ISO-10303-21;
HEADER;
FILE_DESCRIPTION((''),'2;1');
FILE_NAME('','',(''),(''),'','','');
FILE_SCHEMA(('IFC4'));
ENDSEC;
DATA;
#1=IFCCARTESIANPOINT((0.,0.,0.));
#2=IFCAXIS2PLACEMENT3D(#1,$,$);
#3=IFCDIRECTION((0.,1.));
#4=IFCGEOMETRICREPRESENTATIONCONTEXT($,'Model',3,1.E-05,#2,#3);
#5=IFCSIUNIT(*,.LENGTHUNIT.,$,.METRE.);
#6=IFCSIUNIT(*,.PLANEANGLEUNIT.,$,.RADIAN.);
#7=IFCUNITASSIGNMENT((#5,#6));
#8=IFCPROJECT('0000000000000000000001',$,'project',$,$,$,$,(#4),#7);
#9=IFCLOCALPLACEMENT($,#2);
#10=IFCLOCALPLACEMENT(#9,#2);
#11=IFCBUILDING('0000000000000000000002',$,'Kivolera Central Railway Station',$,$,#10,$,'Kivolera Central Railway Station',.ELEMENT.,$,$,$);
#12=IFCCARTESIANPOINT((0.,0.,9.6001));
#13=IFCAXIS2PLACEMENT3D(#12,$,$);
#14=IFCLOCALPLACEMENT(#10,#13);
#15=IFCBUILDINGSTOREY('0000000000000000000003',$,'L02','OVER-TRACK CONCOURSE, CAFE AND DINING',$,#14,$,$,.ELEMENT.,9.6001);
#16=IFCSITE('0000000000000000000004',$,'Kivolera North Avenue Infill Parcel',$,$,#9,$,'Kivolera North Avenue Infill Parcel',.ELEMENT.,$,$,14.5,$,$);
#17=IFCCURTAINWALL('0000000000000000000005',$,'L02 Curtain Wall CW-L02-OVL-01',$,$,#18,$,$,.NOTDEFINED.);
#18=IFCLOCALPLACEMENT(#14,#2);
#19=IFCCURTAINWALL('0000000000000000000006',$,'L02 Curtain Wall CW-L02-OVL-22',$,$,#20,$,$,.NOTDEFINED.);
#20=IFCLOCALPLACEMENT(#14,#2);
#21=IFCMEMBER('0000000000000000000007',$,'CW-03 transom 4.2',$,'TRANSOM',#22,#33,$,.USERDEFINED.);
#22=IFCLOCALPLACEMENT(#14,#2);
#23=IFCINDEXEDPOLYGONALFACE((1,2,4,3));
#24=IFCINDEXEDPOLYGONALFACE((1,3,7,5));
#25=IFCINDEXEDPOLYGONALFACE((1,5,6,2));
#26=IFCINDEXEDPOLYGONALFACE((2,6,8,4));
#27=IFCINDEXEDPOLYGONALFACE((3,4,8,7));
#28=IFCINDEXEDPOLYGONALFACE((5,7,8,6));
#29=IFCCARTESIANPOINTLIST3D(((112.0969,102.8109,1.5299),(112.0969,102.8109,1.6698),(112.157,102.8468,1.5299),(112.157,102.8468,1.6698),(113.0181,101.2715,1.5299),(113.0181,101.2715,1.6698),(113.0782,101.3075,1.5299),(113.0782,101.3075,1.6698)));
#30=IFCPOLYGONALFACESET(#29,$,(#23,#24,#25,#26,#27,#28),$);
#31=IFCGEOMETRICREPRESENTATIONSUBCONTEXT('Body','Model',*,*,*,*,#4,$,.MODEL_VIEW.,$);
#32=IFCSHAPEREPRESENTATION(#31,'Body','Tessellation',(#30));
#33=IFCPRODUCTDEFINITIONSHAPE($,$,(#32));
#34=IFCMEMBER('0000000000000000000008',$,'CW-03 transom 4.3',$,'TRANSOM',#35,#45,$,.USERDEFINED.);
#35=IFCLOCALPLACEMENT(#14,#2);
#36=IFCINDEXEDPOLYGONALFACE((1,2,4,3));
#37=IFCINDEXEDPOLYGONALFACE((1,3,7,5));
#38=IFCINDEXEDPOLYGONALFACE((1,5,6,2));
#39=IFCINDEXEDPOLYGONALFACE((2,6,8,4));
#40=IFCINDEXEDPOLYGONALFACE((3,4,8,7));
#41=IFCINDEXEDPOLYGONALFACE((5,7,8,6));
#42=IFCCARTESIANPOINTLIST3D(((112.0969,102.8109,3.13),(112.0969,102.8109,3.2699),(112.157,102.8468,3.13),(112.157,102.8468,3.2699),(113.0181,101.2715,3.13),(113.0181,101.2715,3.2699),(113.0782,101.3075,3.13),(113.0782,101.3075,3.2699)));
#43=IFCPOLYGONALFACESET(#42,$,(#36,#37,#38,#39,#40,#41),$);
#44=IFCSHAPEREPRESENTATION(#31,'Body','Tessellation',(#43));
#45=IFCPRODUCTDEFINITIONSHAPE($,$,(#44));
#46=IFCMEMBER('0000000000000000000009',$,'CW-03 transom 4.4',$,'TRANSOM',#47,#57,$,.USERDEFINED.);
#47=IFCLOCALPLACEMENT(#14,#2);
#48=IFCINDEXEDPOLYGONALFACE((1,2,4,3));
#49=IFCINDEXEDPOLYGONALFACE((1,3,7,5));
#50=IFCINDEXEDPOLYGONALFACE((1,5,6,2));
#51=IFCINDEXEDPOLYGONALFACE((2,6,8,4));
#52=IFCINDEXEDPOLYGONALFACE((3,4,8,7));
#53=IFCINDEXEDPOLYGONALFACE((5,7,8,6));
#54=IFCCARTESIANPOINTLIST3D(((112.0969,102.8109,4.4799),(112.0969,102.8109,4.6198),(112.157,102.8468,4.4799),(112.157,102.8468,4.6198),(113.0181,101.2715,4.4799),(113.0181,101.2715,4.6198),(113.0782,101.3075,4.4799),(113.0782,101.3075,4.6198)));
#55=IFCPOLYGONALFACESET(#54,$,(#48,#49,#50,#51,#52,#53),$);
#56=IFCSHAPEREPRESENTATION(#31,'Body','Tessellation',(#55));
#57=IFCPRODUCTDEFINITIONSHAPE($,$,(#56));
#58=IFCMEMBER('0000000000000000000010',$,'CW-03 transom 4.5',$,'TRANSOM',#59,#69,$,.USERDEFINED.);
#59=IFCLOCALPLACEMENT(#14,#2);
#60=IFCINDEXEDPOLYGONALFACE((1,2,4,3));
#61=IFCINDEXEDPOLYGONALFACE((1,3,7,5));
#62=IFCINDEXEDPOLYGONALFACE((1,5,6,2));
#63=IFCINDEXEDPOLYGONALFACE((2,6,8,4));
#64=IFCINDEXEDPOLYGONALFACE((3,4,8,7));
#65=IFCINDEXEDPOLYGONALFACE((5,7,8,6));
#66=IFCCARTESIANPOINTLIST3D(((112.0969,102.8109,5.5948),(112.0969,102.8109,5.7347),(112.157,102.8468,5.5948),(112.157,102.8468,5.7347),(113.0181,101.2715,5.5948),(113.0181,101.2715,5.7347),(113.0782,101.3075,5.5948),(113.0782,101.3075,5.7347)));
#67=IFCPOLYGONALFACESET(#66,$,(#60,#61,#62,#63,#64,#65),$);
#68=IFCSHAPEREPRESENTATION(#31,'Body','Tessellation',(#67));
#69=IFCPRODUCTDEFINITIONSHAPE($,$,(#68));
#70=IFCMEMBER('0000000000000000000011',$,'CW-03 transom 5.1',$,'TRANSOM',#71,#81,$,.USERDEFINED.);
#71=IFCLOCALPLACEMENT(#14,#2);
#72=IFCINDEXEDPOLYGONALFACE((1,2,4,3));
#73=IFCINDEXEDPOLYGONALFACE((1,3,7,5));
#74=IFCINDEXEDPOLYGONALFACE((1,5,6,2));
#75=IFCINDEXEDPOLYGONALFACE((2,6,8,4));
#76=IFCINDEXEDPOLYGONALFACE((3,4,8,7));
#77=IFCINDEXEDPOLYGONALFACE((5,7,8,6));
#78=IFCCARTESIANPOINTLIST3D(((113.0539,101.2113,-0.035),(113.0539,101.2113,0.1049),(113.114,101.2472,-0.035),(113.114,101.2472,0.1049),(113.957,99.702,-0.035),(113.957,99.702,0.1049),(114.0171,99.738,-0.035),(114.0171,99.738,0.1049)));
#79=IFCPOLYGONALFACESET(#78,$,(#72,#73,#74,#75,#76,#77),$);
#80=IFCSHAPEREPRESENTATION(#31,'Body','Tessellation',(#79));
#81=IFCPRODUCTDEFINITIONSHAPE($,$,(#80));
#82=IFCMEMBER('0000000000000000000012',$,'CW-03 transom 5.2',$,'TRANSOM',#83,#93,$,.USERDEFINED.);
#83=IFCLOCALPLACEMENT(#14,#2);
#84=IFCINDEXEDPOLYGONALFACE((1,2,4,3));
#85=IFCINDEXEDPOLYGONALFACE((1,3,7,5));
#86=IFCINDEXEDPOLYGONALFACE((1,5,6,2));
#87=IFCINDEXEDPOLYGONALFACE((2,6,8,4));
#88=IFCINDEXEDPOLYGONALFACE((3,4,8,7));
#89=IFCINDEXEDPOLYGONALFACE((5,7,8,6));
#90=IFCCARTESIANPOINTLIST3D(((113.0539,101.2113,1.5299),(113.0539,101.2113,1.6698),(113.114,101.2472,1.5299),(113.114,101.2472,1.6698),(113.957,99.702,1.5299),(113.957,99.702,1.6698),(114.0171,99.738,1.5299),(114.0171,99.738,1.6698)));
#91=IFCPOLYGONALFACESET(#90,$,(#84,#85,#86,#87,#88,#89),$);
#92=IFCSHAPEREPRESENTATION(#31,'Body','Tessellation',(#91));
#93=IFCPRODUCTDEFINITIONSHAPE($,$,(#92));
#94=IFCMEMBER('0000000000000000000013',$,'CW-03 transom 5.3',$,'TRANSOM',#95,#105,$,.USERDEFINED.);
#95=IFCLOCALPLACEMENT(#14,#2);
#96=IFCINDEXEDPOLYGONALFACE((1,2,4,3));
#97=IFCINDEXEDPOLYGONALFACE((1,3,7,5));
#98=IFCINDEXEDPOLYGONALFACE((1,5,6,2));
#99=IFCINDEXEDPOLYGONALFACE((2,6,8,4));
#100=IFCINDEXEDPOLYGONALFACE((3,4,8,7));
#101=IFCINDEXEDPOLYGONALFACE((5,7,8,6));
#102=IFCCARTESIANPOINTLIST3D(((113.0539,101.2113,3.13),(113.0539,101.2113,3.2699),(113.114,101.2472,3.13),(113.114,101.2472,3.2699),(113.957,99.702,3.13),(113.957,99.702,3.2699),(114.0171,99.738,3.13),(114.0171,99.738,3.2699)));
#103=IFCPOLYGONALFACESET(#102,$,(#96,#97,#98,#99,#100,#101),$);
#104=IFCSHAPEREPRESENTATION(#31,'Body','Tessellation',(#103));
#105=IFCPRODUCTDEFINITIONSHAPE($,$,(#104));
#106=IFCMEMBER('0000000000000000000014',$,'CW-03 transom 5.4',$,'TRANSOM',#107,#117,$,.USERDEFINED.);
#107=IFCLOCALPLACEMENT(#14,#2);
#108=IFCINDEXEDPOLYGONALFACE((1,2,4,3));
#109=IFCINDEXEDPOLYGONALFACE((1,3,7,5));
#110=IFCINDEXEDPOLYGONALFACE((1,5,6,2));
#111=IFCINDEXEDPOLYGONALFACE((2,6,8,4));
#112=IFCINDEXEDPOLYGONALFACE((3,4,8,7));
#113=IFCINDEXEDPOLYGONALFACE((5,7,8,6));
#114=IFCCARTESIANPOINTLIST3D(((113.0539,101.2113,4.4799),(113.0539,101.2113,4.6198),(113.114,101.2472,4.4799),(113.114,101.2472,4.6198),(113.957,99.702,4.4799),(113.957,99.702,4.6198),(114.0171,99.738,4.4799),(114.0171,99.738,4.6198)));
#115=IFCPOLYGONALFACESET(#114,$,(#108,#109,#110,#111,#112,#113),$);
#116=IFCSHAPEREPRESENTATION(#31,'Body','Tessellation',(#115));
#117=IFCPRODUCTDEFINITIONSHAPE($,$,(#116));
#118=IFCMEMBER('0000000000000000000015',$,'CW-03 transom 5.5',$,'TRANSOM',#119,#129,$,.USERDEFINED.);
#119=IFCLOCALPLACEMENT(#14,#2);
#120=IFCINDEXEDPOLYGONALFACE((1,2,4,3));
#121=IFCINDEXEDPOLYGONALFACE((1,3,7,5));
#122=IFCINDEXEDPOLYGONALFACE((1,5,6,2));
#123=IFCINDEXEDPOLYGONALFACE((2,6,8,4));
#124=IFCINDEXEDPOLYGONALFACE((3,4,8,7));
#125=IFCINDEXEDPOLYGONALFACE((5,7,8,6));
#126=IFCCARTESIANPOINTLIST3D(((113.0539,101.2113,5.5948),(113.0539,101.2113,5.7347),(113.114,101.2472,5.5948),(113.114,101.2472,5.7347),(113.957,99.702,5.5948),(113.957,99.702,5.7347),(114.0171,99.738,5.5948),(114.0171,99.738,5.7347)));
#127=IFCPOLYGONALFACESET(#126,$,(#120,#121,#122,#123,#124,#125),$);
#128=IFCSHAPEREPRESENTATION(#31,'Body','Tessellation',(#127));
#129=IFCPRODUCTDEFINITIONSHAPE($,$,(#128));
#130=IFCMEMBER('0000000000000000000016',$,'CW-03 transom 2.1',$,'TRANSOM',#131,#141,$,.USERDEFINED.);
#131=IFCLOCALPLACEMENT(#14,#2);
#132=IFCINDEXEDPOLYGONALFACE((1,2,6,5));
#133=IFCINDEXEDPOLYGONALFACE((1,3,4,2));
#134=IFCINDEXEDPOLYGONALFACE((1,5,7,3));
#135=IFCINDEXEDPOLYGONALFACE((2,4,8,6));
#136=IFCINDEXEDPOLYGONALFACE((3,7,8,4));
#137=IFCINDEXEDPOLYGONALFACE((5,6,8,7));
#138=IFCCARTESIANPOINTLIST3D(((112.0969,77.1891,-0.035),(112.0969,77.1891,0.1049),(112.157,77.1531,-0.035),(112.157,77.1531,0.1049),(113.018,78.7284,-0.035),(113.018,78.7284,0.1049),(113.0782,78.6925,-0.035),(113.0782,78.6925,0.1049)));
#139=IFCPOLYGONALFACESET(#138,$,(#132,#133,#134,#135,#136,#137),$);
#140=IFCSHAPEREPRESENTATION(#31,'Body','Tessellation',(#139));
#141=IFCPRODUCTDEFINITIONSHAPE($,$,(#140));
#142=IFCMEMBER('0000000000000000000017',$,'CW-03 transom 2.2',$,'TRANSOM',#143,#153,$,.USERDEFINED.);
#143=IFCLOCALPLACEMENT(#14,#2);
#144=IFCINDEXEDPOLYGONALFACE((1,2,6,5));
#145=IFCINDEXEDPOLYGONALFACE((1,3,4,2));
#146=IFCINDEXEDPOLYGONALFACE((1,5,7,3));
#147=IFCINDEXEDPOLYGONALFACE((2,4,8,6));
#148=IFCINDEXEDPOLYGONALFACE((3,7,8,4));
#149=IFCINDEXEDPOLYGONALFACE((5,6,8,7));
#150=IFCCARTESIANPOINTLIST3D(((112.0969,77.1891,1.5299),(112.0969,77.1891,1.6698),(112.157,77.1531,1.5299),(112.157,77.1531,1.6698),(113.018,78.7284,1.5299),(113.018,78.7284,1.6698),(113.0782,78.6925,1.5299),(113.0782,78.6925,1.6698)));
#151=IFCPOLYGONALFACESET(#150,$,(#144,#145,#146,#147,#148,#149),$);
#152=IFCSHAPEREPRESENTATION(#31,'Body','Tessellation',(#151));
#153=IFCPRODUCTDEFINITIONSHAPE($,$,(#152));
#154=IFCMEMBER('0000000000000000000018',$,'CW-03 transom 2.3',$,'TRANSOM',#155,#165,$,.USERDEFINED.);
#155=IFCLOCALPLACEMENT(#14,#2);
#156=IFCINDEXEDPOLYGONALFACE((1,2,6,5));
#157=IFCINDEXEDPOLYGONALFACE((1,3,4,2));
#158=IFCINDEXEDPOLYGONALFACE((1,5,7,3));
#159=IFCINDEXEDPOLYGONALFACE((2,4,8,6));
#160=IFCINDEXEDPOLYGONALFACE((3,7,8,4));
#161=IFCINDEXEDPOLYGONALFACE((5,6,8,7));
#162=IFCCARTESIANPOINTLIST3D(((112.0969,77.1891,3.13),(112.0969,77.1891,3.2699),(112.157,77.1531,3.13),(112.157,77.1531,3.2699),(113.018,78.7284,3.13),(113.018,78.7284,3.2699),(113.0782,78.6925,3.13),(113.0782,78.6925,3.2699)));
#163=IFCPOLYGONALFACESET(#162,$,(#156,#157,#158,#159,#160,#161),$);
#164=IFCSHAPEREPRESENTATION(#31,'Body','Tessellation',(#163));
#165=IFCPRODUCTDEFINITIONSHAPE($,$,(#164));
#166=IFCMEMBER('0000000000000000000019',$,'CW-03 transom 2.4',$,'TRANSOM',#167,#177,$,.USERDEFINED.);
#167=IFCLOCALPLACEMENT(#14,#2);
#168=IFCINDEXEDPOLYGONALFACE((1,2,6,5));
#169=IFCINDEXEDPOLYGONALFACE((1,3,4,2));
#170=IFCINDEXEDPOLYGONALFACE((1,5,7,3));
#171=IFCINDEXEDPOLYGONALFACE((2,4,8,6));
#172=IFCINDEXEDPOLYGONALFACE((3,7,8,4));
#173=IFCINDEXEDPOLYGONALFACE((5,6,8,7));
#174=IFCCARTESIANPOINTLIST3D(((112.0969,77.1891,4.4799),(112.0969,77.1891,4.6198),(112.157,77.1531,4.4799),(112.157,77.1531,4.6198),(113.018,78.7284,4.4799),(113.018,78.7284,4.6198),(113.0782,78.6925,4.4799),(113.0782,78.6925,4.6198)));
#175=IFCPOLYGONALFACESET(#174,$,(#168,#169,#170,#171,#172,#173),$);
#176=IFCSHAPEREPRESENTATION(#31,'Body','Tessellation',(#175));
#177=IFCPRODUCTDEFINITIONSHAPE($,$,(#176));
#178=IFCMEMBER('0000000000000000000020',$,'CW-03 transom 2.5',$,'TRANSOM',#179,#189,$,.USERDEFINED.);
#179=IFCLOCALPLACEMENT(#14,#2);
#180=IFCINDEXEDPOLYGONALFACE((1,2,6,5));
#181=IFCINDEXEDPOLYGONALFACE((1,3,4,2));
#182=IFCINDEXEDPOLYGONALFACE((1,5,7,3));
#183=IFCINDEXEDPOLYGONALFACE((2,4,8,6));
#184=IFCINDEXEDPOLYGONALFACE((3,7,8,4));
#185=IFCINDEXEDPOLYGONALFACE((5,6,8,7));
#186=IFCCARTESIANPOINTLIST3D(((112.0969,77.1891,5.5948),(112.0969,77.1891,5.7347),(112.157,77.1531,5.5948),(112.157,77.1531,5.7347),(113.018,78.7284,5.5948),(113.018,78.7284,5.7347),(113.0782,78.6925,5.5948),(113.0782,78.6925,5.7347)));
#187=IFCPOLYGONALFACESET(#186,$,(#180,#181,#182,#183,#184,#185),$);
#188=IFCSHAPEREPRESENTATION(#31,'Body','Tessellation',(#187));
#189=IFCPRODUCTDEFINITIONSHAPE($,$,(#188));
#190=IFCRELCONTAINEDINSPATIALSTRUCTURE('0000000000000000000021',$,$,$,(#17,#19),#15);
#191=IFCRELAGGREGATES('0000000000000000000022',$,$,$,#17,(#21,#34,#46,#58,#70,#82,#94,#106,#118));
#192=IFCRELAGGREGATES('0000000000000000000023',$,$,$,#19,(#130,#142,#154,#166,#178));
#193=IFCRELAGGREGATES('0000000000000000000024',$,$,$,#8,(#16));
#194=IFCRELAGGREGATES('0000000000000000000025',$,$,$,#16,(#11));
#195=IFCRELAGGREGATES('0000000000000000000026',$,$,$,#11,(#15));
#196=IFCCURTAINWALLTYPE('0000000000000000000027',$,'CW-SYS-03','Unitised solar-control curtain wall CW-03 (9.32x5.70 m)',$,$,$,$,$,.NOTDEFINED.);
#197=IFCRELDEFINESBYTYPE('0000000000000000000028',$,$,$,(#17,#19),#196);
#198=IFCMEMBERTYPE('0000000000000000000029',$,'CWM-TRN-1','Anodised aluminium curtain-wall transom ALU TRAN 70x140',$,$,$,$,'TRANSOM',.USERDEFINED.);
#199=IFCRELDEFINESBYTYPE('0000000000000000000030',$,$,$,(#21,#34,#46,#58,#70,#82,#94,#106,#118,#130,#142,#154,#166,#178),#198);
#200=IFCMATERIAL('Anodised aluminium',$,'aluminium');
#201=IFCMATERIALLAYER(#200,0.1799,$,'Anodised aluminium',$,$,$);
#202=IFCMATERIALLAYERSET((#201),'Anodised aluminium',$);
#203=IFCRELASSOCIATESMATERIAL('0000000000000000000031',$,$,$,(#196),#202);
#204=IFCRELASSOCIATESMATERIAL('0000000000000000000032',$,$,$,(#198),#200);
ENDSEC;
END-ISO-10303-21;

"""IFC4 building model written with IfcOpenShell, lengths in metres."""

from ifc_helpers import new_model, si_unit, direction, frame, origin, origin_2d, place, context, subcontext, project, spatial, rectangle, extrude, material, layer, layer_set, material_profile, profile_set, type_object, element, aggregate, save


model = new_model("IFC4")

# Units and contexts
model_context = context("Model", 3, precision=1e-05, world=origin(), true_north=direction((0.0, 1.0)))
body_context = subcontext(model_context, "Body", "Model", "MODEL_VIEW")
ifc_project = project(units=[si_unit("LENGTHUNIT", "METRE"), si_unit("PLANEANGLEUNIT", "RADIAN")], contexts=[model_context])

# Site, building, storey
site_placement = place(None, origin())
site = spatial("IfcSite", under=ifc_project, at=site_placement, Name="Kivolera North Avenue Infill Parcel", LongName="Kivolera North Avenue Infill Parcel", CompositionType="ELEMENT", RefElevation=14.5)
building_placement = place(site_placement, origin())
building = spatial("IfcBuilding", under=site, at=building_placement, Name="Kivolera Central Railway Station", LongName="Kivolera Central Railway Station", CompositionType="ELEMENT")
storey_placement = place(building_placement, frame((0.0, 0.0, 9.6001)))
storey = spatial("IfcBuildingStorey", under=building, at=storey_placement, Name="L02", Description="OVER-TRACK CONCOURSE, CAFE AND DINING", CompositionType="ELEMENT", Elevation=9.6001)

# Curtain wall
ifc_material_1 = material(Name="Anodised aluminium", Category="aluminium")
ifc_layer_1 = layer(ifc_material_1, 0.1799, Name="Anodised aluminium")
ifc_layer_set_1 = layer_set([ifc_layer_1], Name="Anodised aluminium")
curtain_wall_type = type_object("IfcCurtainWallType", Name="CW-SYS-03", Description="Unitised solar-control curtain wall CW-03 (9.32x5.70 m)", PredefinedType="NOTDEFINED", material=ifc_layer_set_1)
curtain_wall_1_placement = place(storey_placement, origin())
curtain_wall_1 = element("IfcCurtainWall", 1, at=curtain_wall_1_placement, inside=storey, type_object=curtain_wall_type, Name="L02 Curtain Wall CW-L02-OVL-01", PredefinedType="NOTDEFINED")

# Curtain wall
curtain_wall_2_placement = place(storey_placement, origin())
curtain_wall_2 = element("IfcCurtainWall", 2, at=curtain_wall_2_placement, inside=storey, type_object=curtain_wall_type, Name="L02 Curtain Wall CW-L02-OVL-22", PredefinedType="NOTDEFINED")

# Members
ifc_material_profile_1 = material_profile(ifc_material_1, rectangle(XDim=0.0701, YDim=0.1399, at=origin_2d()), Name="ALU TRAN 70x140")
ifc_profile_set_1 = profile_set([ifc_material_profile_1], Name="Anodised aluminium")
member_type_1 = type_object("IfcMemberType", Name="CWM-TRN-1", Description="Anodised aluminium curtain-wall transom ALU TRAN 70x140", ElementType="TRANSOM", PredefinedType="USERDEFINED", material=ifc_profile_set_1)
member_1_placement = place(storey_placement, frame((112.127, 102.8289, 1.5999), z_axis=(0.513495, -0.858093, 0.0), x_axis=(0.858093, 0.513495, 0.0)))
member_1 = element("IfcMember", 3, at=member_1_placement, type_object=member_type_1, Name="CW-03 transom 4.2", ObjectType="TRANSOM", PredefinedType="USERDEFINED", context=body_context, shape_type="SweptSolid", body=[
    extrude(rectangle(XDim=0.0701, YDim=0.1399, at=origin_2d()), origin(), (0.0, 0.0, 1.0), 1.7939),
])
member_2_placement = place(storey_placement, frame((112.127, 102.8289, 3.2), z_axis=(0.513495, -0.858093, 0.0), x_axis=(0.858093, 0.513495, 0.0)))
member_2 = element("IfcMember", 4, at=member_2_placement, type_object=member_type_1, Name="CW-03 transom 4.3", ObjectType="TRANSOM", PredefinedType="USERDEFINED", context=body_context, shape_type="SweptSolid", body=[
    extrude(rectangle(XDim=0.0701, YDim=0.1399, at=origin_2d()), origin(), (0.0, 0.0, 1.0), 1.7939),
])
member_3_placement = place(storey_placement, frame((112.127, 102.8289, 4.5498), z_axis=(0.513495, -0.858093, 0.0), x_axis=(0.858093, 0.513495, 0.0)))
member_3 = element("IfcMember", 5, at=member_3_placement, type_object=member_type_1, Name="CW-03 transom 4.4", ObjectType="TRANSOM", PredefinedType="USERDEFINED", context=body_context, shape_type="SweptSolid", body=[
    extrude(rectangle(XDim=0.0701, YDim=0.1399, at=origin_2d()), origin(), (0.0, 0.0, 1.0), 1.7939),
])
member_4_placement = place(storey_placement, frame((112.127, 102.8289, 5.6648), z_axis=(0.513495, -0.858093, 0.0), x_axis=(0.858093, 0.513495, 0.0)))
member_4 = element("IfcMember", 6, at=member_4_placement, type_object=member_type_1, Name="CW-03 transom 4.5", ObjectType="TRANSOM", PredefinedType="USERDEFINED", context=body_context, shape_type="SweptSolid", body=[
    extrude(rectangle(XDim=0.0701, YDim=0.1399, at=origin_2d()), origin(), (0.0, 0.0, 1.0), 1.7939),
])
member_5_placement = place(storey_placement, frame((113.084, 101.2292, 0.0349), z_axis=(0.513454, -0.858117, 0.0), x_axis=(0.858117, 0.513454, 0.0)))
member_5 = element("IfcMember", 7, at=member_5_placement, type_object=member_type_1, Name="CW-03 transom 5.1", ObjectType="TRANSOM", PredefinedType="USERDEFINED", context=body_context, shape_type="SweptSolid", body=[
    extrude(rectangle(XDim=0.0701, YDim=0.1399, at=origin_2d()), origin(), (0.0, 0.0, 1.0), 1.7588),
])
member_6_placement = place(storey_placement, frame((113.084, 101.2292, 1.5999), z_axis=(0.513454, -0.858117, 0.0), x_axis=(0.858117, 0.513454, 0.0)))
member_6 = element("IfcMember", 8, at=member_6_placement, type_object=member_type_1, Name="CW-03 transom 5.2", ObjectType="TRANSOM", PredefinedType="USERDEFINED", context=body_context, shape_type="SweptSolid", body=[
    extrude(rectangle(XDim=0.0701, YDim=0.1399, at=origin_2d()), origin(), (0.0, 0.0, 1.0), 1.7588),
])
member_7_placement = place(storey_placement, frame((113.084, 101.2292, 3.2), z_axis=(0.513454, -0.858117, 0.0), x_axis=(0.858117, 0.513454, 0.0)))
member_7 = element("IfcMember", 9, at=member_7_placement, type_object=member_type_1, Name="CW-03 transom 5.3", ObjectType="TRANSOM", PredefinedType="USERDEFINED", context=body_context, shape_type="SweptSolid", body=[
    extrude(rectangle(XDim=0.0701, YDim=0.1399, at=origin_2d()), origin(), (0.0, 0.0, 1.0), 1.7588),
])
member_8_placement = place(storey_placement, frame((113.084, 101.2292, 4.5498), z_axis=(0.513454, -0.858117, 0.0), x_axis=(0.858117, 0.513454, 0.0)))
member_8 = element("IfcMember", 10, at=member_8_placement, type_object=member_type_1, Name="CW-03 transom 5.4", ObjectType="TRANSOM", PredefinedType="USERDEFINED", context=body_context, shape_type="SweptSolid", body=[
    extrude(rectangle(XDim=0.0701, YDim=0.1399, at=origin_2d()), origin(), (0.0, 0.0, 1.0), 1.7588),
])
member_9_placement = place(storey_placement, frame((113.084, 101.2292, 5.6648), z_axis=(0.513454, -0.858117, 0.0), x_axis=(0.858117, 0.513454, 0.0)))
member_9 = element("IfcMember", 11, at=member_9_placement, type_object=member_type_1, Name="CW-03 transom 5.5", ObjectType="TRANSOM", PredefinedType="USERDEFINED", context=body_context, shape_type="SweptSolid", body=[
    extrude(rectangle(XDim=0.0701, YDim=0.1399, at=origin_2d()), origin(), (0.0, 0.0, 1.0), 1.7588),
])
member_10_placement = place(storey_placement, frame((113.0481, 78.7104, 0.0349), z_axis=(-0.513495, -0.858093, 0.0), x_axis=(0.858093, -0.513495, 0.0)))
member_10 = element("IfcMember", 12, at=member_10_placement, type_object=member_type_1, Name="CW-03 transom 2.1", ObjectType="TRANSOM", PredefinedType="USERDEFINED", context=body_context, shape_type="SweptSolid", body=[
    extrude(rectangle(XDim=0.0701, YDim=0.1399, at=origin_2d()), origin(), (0.0, 0.0, 1.0), 1.7939),
])
member_11_placement = place(storey_placement, frame((113.0481, 78.7104, 1.5999), z_axis=(-0.513495, -0.858093, 0.0), x_axis=(0.858093, -0.513495, 0.0)))
member_11 = element("IfcMember", 13, at=member_11_placement, type_object=member_type_1, Name="CW-03 transom 2.2", ObjectType="TRANSOM", PredefinedType="USERDEFINED", context=body_context, shape_type="SweptSolid", body=[
    extrude(rectangle(XDim=0.0701, YDim=0.1399, at=origin_2d()), origin(), (0.0, 0.0, 1.0), 1.7939),
])
member_12_placement = place(storey_placement, frame((113.0481, 78.7104, 3.2), z_axis=(-0.513495, -0.858093, 0.0), x_axis=(0.858093, -0.513495, 0.0)))
member_12 = element("IfcMember", 14, at=member_12_placement, type_object=member_type_1, Name="CW-03 transom 2.3", ObjectType="TRANSOM", PredefinedType="USERDEFINED", context=body_context, shape_type="SweptSolid", body=[
    extrude(rectangle(XDim=0.0701, YDim=0.1399, at=origin_2d()), origin(), (0.0, 0.0, 1.0), 1.7939),
])
member_13_placement = place(storey_placement, frame((113.0481, 78.7104, 4.5498), z_axis=(-0.513495, -0.858093, 0.0), x_axis=(0.858093, -0.513495, 0.0)))
member_13 = element("IfcMember", 15, at=member_13_placement, type_object=member_type_1, Name="CW-03 transom 2.4", ObjectType="TRANSOM", PredefinedType="USERDEFINED", context=body_context, shape_type="SweptSolid", body=[
    extrude(rectangle(XDim=0.0701, YDim=0.1399, at=origin_2d()), origin(), (0.0, 0.0, 1.0), 1.7939),
])
member_14_placement = place(storey_placement, frame((113.0481, 78.7104, 5.6648), z_axis=(-0.513495, -0.858093, 0.0), x_axis=(0.858093, -0.513495, 0.0)))
member_14 = element("IfcMember", 16, at=member_14_placement, type_object=member_type_1, Name="CW-03 transom 2.5", ObjectType="TRANSOM", PredefinedType="USERDEFINED", context=body_context, shape_type="SweptSolid", body=[
    extrude(rectangle(XDim=0.0701, YDim=0.1399, at=origin_2d()), origin(), (0.0, 0.0, 1.0), 1.7939),
])

aggregate(curtain_wall_1, [member_1, member_2, member_3, member_4, member_5, member_6, member_7, member_8, member_9])
aggregate(curtain_wall_2, [member_10, member_11, member_12, member_13, member_14])

save(model, "model.ifc")
